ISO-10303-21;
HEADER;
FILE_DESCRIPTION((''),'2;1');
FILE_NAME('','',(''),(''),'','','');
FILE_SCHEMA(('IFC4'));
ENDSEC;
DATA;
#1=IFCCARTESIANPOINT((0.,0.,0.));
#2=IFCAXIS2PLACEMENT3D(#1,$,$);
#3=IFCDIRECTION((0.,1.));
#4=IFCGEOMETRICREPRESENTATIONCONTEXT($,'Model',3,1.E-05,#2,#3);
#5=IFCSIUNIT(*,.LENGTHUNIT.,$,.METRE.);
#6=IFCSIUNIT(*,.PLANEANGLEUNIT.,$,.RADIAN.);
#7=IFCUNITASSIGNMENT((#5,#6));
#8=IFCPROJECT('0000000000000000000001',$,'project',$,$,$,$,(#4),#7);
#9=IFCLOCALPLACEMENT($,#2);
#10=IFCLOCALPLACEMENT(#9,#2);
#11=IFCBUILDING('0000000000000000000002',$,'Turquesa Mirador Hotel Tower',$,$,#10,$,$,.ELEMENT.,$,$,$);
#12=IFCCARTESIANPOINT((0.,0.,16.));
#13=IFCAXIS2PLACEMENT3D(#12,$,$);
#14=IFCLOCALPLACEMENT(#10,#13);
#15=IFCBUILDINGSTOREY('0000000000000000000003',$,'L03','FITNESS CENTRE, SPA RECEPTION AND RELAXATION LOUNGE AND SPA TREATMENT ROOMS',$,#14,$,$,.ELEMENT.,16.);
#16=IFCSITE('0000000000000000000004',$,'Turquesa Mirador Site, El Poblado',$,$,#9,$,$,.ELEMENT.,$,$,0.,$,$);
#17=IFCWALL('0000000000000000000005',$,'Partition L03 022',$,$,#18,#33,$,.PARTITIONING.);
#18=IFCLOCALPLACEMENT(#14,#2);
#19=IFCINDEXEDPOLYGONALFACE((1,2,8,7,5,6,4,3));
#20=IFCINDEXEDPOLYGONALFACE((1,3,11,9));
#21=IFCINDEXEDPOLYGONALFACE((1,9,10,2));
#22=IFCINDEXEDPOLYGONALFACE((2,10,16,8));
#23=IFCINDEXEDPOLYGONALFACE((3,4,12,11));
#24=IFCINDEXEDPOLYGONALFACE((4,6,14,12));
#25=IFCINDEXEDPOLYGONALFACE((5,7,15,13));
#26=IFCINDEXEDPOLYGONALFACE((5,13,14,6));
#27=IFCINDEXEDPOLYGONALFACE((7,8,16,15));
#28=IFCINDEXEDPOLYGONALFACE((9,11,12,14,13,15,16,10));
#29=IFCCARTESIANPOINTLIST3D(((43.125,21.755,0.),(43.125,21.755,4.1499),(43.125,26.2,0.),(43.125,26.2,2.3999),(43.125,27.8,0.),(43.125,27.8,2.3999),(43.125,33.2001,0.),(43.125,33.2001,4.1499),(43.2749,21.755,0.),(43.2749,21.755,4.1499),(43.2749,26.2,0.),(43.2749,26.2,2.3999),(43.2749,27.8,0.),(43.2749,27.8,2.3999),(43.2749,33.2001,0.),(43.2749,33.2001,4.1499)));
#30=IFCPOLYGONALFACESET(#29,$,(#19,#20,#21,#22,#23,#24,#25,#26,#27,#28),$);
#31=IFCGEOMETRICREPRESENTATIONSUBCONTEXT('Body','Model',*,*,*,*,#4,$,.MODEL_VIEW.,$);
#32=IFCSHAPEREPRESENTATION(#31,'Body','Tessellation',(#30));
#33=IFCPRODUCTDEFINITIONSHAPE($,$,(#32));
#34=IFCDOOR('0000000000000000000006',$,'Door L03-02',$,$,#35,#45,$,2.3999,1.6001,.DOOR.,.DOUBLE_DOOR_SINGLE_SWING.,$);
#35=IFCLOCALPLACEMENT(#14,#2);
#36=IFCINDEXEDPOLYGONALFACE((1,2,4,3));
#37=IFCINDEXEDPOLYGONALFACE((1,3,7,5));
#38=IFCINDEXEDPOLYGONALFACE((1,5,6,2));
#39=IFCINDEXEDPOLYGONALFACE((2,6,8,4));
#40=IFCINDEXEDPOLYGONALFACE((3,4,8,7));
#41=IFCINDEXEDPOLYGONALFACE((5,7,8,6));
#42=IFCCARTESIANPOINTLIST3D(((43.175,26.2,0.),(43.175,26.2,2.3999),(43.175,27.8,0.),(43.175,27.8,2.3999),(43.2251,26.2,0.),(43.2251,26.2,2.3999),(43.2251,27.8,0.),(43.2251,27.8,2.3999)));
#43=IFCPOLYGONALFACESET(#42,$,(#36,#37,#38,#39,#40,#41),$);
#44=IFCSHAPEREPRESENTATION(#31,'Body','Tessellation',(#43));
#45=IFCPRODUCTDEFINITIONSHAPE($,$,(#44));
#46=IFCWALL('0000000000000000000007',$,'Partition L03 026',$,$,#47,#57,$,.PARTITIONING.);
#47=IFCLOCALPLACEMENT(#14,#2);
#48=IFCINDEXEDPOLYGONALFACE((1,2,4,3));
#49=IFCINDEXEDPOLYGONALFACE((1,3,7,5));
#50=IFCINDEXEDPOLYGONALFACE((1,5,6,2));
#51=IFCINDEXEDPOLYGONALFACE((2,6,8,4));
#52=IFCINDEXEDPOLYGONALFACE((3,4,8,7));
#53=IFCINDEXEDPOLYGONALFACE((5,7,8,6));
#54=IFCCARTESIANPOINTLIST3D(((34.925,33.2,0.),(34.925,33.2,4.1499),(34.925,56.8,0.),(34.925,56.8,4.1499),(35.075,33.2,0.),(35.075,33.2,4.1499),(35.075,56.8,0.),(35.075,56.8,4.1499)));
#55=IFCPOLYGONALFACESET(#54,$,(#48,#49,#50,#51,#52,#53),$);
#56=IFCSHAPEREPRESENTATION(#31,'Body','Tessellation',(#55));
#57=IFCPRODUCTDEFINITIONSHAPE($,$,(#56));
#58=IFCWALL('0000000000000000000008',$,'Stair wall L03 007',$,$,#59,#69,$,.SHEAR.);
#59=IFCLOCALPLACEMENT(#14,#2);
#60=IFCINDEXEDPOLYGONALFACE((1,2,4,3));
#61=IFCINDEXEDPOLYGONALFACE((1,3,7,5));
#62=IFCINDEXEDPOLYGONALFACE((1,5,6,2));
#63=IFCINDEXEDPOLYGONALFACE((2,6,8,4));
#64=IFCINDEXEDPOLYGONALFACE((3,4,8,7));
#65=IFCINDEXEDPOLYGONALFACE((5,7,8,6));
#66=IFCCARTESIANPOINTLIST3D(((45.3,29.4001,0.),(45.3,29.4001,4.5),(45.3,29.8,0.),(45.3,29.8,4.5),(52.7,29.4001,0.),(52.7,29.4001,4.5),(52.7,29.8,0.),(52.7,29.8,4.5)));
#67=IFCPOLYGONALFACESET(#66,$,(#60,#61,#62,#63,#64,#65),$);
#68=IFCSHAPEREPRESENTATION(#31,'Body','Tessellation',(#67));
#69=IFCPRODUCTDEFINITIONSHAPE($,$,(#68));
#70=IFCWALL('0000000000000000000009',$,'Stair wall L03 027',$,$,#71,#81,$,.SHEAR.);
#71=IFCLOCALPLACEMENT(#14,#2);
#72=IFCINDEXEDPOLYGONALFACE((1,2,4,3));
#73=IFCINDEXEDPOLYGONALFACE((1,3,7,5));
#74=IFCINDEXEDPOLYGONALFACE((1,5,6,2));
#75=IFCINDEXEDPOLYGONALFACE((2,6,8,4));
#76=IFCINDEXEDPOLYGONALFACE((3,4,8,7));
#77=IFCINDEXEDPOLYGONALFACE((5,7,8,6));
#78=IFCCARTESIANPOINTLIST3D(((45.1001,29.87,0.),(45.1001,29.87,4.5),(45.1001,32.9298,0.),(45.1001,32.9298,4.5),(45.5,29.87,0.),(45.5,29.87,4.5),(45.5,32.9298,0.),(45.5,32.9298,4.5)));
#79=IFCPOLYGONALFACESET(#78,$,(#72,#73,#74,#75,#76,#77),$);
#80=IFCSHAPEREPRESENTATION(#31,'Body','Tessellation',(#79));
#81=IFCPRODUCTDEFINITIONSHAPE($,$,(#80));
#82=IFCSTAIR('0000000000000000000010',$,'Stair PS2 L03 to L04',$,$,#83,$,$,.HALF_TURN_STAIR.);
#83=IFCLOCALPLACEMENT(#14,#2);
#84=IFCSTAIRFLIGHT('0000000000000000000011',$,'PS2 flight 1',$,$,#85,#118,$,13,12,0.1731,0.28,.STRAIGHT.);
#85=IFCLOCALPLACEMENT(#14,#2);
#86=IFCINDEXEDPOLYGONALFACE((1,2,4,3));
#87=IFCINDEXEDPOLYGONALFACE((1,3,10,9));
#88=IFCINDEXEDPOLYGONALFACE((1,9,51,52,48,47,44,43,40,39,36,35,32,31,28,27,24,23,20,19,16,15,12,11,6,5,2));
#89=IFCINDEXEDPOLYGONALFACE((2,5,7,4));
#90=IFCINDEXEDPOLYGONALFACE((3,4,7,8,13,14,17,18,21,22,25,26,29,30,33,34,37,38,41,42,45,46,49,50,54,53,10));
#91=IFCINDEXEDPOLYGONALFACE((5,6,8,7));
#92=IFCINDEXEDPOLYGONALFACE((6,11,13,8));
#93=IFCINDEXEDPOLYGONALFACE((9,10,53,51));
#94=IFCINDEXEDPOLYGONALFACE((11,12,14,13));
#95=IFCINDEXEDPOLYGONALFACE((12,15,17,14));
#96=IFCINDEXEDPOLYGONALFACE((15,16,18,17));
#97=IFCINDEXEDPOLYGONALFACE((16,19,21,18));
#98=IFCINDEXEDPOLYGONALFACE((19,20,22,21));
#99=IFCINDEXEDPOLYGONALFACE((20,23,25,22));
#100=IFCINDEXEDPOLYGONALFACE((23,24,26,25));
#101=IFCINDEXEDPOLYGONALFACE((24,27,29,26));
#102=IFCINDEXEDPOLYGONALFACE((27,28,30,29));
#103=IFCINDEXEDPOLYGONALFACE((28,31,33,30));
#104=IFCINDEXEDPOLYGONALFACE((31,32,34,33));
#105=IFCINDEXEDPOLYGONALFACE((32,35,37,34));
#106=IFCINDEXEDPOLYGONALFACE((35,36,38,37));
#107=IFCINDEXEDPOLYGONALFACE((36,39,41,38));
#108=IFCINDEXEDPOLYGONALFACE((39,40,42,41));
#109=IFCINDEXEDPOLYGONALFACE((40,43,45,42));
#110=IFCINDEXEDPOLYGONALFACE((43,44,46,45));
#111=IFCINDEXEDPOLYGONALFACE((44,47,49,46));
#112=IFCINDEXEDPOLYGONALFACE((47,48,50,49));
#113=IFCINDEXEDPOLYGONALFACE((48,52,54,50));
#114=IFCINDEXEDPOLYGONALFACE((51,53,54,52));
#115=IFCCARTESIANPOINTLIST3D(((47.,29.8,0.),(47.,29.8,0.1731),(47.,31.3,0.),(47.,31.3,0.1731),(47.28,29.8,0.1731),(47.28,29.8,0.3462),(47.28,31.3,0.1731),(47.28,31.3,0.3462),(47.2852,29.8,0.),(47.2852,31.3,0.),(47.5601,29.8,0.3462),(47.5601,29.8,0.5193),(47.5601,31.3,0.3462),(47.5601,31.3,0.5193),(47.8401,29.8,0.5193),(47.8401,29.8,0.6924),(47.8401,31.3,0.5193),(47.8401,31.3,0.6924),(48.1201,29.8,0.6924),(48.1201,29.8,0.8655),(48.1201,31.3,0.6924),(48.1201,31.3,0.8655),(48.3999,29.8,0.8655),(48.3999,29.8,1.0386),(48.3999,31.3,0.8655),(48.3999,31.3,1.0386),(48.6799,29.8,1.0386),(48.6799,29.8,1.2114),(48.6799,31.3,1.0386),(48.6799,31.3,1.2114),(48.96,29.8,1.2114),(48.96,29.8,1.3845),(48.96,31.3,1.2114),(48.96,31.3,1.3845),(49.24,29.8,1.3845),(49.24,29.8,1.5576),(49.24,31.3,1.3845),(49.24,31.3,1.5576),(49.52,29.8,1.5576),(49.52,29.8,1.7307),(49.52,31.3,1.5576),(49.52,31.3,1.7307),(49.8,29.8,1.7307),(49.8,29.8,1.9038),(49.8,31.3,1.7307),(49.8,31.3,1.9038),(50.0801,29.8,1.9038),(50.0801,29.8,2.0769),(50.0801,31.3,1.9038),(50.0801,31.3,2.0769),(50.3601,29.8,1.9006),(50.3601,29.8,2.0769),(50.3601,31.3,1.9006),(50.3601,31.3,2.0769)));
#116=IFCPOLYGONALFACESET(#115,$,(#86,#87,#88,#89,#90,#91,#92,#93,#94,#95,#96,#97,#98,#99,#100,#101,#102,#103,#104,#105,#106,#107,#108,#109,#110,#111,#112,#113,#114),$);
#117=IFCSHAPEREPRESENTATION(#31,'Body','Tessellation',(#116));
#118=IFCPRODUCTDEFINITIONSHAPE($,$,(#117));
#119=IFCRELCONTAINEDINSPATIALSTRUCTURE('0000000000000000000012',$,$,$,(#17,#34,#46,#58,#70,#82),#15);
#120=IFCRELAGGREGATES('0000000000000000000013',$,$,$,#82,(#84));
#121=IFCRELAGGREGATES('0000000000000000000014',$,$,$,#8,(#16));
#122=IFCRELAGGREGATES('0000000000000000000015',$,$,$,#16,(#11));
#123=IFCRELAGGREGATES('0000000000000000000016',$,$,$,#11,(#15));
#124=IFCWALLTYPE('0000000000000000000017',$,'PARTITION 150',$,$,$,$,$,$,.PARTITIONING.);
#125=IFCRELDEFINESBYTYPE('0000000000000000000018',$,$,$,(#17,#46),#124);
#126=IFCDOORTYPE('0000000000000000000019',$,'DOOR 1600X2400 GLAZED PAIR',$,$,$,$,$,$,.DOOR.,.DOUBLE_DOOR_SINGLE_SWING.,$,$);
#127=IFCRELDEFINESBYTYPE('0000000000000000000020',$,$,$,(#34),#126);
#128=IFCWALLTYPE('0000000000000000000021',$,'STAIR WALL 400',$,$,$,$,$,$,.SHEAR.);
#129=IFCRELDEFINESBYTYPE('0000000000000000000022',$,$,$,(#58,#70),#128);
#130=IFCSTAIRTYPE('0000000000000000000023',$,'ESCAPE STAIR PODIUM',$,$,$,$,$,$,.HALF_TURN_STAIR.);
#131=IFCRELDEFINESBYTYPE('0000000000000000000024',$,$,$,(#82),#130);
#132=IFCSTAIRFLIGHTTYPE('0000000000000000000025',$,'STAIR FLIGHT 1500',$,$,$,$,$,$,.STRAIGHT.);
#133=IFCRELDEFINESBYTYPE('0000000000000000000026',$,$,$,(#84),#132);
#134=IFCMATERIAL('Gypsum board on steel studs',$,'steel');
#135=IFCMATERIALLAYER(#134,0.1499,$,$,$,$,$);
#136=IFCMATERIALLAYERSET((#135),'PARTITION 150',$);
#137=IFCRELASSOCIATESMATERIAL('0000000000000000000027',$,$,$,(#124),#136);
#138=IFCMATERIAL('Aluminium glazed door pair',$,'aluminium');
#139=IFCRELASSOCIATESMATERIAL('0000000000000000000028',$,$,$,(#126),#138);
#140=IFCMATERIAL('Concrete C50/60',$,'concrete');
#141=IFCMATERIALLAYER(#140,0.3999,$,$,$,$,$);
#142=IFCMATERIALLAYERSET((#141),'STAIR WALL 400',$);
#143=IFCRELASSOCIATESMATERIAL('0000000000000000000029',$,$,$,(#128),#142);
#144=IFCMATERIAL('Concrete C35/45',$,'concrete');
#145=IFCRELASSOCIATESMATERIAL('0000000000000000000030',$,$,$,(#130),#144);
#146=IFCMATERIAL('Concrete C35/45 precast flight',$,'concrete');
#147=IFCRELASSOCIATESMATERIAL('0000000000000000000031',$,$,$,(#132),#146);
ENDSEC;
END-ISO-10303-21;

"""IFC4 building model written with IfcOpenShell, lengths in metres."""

from ifc_helpers import new_model, si_unit, direction, frame, frame_2d, origin, place, context, subcontext, project, spatial, polyline, rectangle, outline, extrude, material, layer, layer_set, type_object, element, fill, aggregate, save


model = new_model("IFC4")

# Units and contexts
model_context = context("Model", 3, precision=1e-05, world=origin(), true_north=direction((0.0, 1.0)))
body_context = subcontext(model_context, "Body", "Model", "MODEL_VIEW")
ifc_project = project(units=[si_unit("LENGTHUNIT", "METRE"), si_unit("PLANEANGLEUNIT", "RADIAN")], contexts=[model_context])

# Site, building, storey
site_placement = place(None, origin())
site = spatial("IfcSite", under=ifc_project, at=site_placement, Name="Turquesa Mirador Site, El Poblado", CompositionType="ELEMENT", RefElevation=0.0)
building_placement = place(site_placement, origin())
building = spatial("IfcBuilding", under=site, at=building_placement, Name="Turquesa Mirador Hotel Tower", CompositionType="ELEMENT")
storey_placement = place(building_placement, frame((0.0, 0.0, 16.0)))
storey = spatial("IfcBuildingStorey", under=building, at=storey_placement, Name="L03", Description="FITNESS CENTRE, SPA RECEPTION AND RELAXATION LOUNGE AND SPA TREATMENT ROOMS", CompositionType="ELEMENT", Elevation=16.0)

# Wall, opening, door
ifc_material_1 = material(Name="Gypsum board on steel studs", Category="steel")
ifc_layer_1 = layer(ifc_material_1, 0.1499)
ifc_layer_set_1 = layer_set([ifc_layer_1], Name="PARTITION 150")
wall_type_1 = type_object("IfcWallType", Name="PARTITION 150", PredefinedType="PARTITIONING", material=ifc_layer_set_1)
wall_1_placement = place(storey_placement, frame((43.2, 21.7549, 0.0), z_axis=(0.0, 0.0, 1.0), x_axis=(0.0, 1.0, 0.0)))
wall_1 = element("IfcWall", 1, at=wall_1_placement, inside=storey, type_object=wall_type_1, Name="Partition L03 022", PredefinedType="PARTITIONING", context=body_context, shape_type="SweptSolid", body=[
    extrude(rectangle(XDim=11.4451, YDim=0.1499, at=frame_2d((5.7227, 0.0))), origin(), (0.0, 0.0, 1.0), 4.1499),
])
opening_1_placement = place(wall_1_placement, frame((4.4451, 0.0, 0.0)))
opening_1 = element("IfcOpeningElement", 2, at=opening_1_placement, cuts=wall_1, PredefinedType="OPENING", context=body_context, shape_type="SweptSolid", body=[
    extrude(rectangle(XDim=1.6001, YDim=2.3999, at=frame_2d((0.8, 1.2))), frame((0.0, 0.085, 0.0), z_axis=(0.0, -1.0, 0.0), x_axis=(1.0, 0.0, 0.0)), (0.0, 0.0, 1.0), 0.1699),
])
ifc_material_2 = material(Name="Aluminium glazed door pair", Category="aluminium")
door_type_1 = type_object("IfcDoorType", Name="DOOR 1600X2400 GLAZED PAIR", OperationType="DOUBLE_DOOR_SINGLE_SWING", PredefinedType="DOOR", material=ifc_material_2)
door_1_placement = place(opening_1_placement, origin())
door_1 = element("IfcDoor", 3, at=door_1_placement, inside=storey, type_object=door_type_1, Name="Door L03-02", OperationType="DOUBLE_DOOR_SINGLE_SWING", OverallHeight=2.3999, OverallWidth=1.6001, PredefinedType="DOOR", context=body_context, shape_type="SweptSolid", body=[
    extrude(rectangle(XDim=1.6001, YDim=2.3999, at=frame_2d((0.8, 1.2))), frame((0.0, 0.0249, 0.0), z_axis=(0.0, -1.0, 0.0), x_axis=(1.0, 0.0, 0.0)), (0.0, 0.0, 1.0), 0.05),
])
fill(opening_1, door_1)

# Walls
wall_2_placement = place(storey_placement, frame((35.0, 33.2, 0.0), z_axis=(0.0, 0.0, 1.0), x_axis=(0.0, 1.0, 0.0)))
element("IfcWall", 4, at=wall_2_placement, inside=storey, type_object=wall_type_1, Name="Partition L03 026", PredefinedType="PARTITIONING", context=body_context, shape_type="SweptSolid", body=[
    extrude(rectangle(XDim=23.6001, YDim=0.1499, at=frame_2d((11.8, 0.0))), origin(), (0.0, 0.0, 1.0), 4.1499),
])
ifc_material_3 = material(Name="Concrete C50/60", Category="concrete")
ifc_layer_2 = layer(ifc_material_3, 0.3999)
ifc_layer_set_2 = layer_set([ifc_layer_2], Name="STAIR WALL 400")
wall_type_2 = type_object("IfcWallType", Name="STAIR WALL 400", PredefinedType="SHEAR", material=ifc_layer_set_2)
wall_3_placement = place(storey_placement, frame((45.3, 29.6001, 0.0), z_axis=(0.0, 0.0, 1.0), x_axis=(1.0, 0.0, 0.0)))
element("IfcWall", 5, at=wall_3_placement, inside=storey, type_object=wall_type_2, Name="Stair wall L03 007", PredefinedType="SHEAR", context=body_context, shape_type="SweptSolid", body=[
    extrude(rectangle(XDim=7.3999, YDim=0.3999, at=frame_2d((3.7, 0.0))), origin(), (0.0, 0.0, 1.0), 4.5),
])
wall_4_placement = place(storey_placement, frame((45.3, 29.8701, 0.0), z_axis=(0.0, 0.0, 1.0), x_axis=(0.0, 1.0, 0.0)))
element("IfcWall", 6, at=wall_4_placement, inside=storey, type_object=wall_type_2, Name="Stair wall L03 027", PredefinedType="SHEAR", context=body_context, shape_type="SweptSolid", body=[
    extrude(rectangle(XDim=3.0598, YDim=0.3999, at=frame_2d((1.5298, 0.0))), origin(), (0.0, 0.0, 1.0), 4.5),
])

# Stair, stair flight
ifc_material_4 = material(Name="Concrete C35/45", Category="concrete")
stair_type = type_object("IfcStairType", Name="ESCAPE STAIR PODIUM", PredefinedType="HALF_TURN_STAIR", material=ifc_material_4)
stair_placement = place(storey_placement, origin())
stair = element("IfcStair", 7, at=stair_placement, inside=storey, type_object=stair_type, Name="Stair PS2 L03 to L04", PredefinedType="HALF_TURN_STAIR")
ifc_material_5 = material(Name="Concrete C35/45 precast flight", Category="concrete")
stair_flight_type = type_object("IfcStairFlightType", Name="STAIR FLIGHT 1500", PredefinedType="STRAIGHT", material=ifc_material_5)
stair_flight_placement = place(storey_placement, frame((47.0, 30.55, 0.0), z_axis=(0.0, 0.0, 1.0), x_axis=(1.0, 0.0, 0.0)))
stair_flight = element("IfcStairFlight", 8, at=stair_flight_placement, type_object=stair_flight_type, Name="PS2 flight 1", NumberOfRisers=13, NumberOfTreads=12, PredefinedType="STRAIGHT", RiserHeight=0.1731, TreadLength=0.28, context=body_context, shape_type="SweptSolid", body=[
    extrude(outline(polyline([(0.0, 0.0), (0.0, 0.1731), (0.28, 0.1731), (0.28, 0.3462), (0.5601, 0.3462), (0.5601, 0.5193), (0.8401, 0.5193), (0.8401, 0.6924), (1.1201, 0.6924), (1.1201, 0.8655), (1.3999, 0.8655), (1.3999, 1.0386), (1.6799, 1.0386), (1.6799, 1.2114), (1.96, 1.2114), (1.96, 1.3845), (2.24, 1.3845), (2.24, 1.5576), (2.52, 1.5576), (2.52, 1.7307), (2.8, 1.7307), (2.8, 1.9038), (3.0801, 1.9038), (3.0801, 2.0769), (3.3601, 2.0769), (3.3601, 2.25), (3.3601, 1.9006), (0.2852, 0.0), (0.0, 0.0)])), frame((0.0, 0.75, 0.0), z_axis=(0.0, -1.0, 0.0), x_axis=(1.0, 0.0, 0.0)), (0.0, 0.0, 1.0), 1.5),
])
aggregate(stair, [stair_flight])

save(model, "model.ifc")
